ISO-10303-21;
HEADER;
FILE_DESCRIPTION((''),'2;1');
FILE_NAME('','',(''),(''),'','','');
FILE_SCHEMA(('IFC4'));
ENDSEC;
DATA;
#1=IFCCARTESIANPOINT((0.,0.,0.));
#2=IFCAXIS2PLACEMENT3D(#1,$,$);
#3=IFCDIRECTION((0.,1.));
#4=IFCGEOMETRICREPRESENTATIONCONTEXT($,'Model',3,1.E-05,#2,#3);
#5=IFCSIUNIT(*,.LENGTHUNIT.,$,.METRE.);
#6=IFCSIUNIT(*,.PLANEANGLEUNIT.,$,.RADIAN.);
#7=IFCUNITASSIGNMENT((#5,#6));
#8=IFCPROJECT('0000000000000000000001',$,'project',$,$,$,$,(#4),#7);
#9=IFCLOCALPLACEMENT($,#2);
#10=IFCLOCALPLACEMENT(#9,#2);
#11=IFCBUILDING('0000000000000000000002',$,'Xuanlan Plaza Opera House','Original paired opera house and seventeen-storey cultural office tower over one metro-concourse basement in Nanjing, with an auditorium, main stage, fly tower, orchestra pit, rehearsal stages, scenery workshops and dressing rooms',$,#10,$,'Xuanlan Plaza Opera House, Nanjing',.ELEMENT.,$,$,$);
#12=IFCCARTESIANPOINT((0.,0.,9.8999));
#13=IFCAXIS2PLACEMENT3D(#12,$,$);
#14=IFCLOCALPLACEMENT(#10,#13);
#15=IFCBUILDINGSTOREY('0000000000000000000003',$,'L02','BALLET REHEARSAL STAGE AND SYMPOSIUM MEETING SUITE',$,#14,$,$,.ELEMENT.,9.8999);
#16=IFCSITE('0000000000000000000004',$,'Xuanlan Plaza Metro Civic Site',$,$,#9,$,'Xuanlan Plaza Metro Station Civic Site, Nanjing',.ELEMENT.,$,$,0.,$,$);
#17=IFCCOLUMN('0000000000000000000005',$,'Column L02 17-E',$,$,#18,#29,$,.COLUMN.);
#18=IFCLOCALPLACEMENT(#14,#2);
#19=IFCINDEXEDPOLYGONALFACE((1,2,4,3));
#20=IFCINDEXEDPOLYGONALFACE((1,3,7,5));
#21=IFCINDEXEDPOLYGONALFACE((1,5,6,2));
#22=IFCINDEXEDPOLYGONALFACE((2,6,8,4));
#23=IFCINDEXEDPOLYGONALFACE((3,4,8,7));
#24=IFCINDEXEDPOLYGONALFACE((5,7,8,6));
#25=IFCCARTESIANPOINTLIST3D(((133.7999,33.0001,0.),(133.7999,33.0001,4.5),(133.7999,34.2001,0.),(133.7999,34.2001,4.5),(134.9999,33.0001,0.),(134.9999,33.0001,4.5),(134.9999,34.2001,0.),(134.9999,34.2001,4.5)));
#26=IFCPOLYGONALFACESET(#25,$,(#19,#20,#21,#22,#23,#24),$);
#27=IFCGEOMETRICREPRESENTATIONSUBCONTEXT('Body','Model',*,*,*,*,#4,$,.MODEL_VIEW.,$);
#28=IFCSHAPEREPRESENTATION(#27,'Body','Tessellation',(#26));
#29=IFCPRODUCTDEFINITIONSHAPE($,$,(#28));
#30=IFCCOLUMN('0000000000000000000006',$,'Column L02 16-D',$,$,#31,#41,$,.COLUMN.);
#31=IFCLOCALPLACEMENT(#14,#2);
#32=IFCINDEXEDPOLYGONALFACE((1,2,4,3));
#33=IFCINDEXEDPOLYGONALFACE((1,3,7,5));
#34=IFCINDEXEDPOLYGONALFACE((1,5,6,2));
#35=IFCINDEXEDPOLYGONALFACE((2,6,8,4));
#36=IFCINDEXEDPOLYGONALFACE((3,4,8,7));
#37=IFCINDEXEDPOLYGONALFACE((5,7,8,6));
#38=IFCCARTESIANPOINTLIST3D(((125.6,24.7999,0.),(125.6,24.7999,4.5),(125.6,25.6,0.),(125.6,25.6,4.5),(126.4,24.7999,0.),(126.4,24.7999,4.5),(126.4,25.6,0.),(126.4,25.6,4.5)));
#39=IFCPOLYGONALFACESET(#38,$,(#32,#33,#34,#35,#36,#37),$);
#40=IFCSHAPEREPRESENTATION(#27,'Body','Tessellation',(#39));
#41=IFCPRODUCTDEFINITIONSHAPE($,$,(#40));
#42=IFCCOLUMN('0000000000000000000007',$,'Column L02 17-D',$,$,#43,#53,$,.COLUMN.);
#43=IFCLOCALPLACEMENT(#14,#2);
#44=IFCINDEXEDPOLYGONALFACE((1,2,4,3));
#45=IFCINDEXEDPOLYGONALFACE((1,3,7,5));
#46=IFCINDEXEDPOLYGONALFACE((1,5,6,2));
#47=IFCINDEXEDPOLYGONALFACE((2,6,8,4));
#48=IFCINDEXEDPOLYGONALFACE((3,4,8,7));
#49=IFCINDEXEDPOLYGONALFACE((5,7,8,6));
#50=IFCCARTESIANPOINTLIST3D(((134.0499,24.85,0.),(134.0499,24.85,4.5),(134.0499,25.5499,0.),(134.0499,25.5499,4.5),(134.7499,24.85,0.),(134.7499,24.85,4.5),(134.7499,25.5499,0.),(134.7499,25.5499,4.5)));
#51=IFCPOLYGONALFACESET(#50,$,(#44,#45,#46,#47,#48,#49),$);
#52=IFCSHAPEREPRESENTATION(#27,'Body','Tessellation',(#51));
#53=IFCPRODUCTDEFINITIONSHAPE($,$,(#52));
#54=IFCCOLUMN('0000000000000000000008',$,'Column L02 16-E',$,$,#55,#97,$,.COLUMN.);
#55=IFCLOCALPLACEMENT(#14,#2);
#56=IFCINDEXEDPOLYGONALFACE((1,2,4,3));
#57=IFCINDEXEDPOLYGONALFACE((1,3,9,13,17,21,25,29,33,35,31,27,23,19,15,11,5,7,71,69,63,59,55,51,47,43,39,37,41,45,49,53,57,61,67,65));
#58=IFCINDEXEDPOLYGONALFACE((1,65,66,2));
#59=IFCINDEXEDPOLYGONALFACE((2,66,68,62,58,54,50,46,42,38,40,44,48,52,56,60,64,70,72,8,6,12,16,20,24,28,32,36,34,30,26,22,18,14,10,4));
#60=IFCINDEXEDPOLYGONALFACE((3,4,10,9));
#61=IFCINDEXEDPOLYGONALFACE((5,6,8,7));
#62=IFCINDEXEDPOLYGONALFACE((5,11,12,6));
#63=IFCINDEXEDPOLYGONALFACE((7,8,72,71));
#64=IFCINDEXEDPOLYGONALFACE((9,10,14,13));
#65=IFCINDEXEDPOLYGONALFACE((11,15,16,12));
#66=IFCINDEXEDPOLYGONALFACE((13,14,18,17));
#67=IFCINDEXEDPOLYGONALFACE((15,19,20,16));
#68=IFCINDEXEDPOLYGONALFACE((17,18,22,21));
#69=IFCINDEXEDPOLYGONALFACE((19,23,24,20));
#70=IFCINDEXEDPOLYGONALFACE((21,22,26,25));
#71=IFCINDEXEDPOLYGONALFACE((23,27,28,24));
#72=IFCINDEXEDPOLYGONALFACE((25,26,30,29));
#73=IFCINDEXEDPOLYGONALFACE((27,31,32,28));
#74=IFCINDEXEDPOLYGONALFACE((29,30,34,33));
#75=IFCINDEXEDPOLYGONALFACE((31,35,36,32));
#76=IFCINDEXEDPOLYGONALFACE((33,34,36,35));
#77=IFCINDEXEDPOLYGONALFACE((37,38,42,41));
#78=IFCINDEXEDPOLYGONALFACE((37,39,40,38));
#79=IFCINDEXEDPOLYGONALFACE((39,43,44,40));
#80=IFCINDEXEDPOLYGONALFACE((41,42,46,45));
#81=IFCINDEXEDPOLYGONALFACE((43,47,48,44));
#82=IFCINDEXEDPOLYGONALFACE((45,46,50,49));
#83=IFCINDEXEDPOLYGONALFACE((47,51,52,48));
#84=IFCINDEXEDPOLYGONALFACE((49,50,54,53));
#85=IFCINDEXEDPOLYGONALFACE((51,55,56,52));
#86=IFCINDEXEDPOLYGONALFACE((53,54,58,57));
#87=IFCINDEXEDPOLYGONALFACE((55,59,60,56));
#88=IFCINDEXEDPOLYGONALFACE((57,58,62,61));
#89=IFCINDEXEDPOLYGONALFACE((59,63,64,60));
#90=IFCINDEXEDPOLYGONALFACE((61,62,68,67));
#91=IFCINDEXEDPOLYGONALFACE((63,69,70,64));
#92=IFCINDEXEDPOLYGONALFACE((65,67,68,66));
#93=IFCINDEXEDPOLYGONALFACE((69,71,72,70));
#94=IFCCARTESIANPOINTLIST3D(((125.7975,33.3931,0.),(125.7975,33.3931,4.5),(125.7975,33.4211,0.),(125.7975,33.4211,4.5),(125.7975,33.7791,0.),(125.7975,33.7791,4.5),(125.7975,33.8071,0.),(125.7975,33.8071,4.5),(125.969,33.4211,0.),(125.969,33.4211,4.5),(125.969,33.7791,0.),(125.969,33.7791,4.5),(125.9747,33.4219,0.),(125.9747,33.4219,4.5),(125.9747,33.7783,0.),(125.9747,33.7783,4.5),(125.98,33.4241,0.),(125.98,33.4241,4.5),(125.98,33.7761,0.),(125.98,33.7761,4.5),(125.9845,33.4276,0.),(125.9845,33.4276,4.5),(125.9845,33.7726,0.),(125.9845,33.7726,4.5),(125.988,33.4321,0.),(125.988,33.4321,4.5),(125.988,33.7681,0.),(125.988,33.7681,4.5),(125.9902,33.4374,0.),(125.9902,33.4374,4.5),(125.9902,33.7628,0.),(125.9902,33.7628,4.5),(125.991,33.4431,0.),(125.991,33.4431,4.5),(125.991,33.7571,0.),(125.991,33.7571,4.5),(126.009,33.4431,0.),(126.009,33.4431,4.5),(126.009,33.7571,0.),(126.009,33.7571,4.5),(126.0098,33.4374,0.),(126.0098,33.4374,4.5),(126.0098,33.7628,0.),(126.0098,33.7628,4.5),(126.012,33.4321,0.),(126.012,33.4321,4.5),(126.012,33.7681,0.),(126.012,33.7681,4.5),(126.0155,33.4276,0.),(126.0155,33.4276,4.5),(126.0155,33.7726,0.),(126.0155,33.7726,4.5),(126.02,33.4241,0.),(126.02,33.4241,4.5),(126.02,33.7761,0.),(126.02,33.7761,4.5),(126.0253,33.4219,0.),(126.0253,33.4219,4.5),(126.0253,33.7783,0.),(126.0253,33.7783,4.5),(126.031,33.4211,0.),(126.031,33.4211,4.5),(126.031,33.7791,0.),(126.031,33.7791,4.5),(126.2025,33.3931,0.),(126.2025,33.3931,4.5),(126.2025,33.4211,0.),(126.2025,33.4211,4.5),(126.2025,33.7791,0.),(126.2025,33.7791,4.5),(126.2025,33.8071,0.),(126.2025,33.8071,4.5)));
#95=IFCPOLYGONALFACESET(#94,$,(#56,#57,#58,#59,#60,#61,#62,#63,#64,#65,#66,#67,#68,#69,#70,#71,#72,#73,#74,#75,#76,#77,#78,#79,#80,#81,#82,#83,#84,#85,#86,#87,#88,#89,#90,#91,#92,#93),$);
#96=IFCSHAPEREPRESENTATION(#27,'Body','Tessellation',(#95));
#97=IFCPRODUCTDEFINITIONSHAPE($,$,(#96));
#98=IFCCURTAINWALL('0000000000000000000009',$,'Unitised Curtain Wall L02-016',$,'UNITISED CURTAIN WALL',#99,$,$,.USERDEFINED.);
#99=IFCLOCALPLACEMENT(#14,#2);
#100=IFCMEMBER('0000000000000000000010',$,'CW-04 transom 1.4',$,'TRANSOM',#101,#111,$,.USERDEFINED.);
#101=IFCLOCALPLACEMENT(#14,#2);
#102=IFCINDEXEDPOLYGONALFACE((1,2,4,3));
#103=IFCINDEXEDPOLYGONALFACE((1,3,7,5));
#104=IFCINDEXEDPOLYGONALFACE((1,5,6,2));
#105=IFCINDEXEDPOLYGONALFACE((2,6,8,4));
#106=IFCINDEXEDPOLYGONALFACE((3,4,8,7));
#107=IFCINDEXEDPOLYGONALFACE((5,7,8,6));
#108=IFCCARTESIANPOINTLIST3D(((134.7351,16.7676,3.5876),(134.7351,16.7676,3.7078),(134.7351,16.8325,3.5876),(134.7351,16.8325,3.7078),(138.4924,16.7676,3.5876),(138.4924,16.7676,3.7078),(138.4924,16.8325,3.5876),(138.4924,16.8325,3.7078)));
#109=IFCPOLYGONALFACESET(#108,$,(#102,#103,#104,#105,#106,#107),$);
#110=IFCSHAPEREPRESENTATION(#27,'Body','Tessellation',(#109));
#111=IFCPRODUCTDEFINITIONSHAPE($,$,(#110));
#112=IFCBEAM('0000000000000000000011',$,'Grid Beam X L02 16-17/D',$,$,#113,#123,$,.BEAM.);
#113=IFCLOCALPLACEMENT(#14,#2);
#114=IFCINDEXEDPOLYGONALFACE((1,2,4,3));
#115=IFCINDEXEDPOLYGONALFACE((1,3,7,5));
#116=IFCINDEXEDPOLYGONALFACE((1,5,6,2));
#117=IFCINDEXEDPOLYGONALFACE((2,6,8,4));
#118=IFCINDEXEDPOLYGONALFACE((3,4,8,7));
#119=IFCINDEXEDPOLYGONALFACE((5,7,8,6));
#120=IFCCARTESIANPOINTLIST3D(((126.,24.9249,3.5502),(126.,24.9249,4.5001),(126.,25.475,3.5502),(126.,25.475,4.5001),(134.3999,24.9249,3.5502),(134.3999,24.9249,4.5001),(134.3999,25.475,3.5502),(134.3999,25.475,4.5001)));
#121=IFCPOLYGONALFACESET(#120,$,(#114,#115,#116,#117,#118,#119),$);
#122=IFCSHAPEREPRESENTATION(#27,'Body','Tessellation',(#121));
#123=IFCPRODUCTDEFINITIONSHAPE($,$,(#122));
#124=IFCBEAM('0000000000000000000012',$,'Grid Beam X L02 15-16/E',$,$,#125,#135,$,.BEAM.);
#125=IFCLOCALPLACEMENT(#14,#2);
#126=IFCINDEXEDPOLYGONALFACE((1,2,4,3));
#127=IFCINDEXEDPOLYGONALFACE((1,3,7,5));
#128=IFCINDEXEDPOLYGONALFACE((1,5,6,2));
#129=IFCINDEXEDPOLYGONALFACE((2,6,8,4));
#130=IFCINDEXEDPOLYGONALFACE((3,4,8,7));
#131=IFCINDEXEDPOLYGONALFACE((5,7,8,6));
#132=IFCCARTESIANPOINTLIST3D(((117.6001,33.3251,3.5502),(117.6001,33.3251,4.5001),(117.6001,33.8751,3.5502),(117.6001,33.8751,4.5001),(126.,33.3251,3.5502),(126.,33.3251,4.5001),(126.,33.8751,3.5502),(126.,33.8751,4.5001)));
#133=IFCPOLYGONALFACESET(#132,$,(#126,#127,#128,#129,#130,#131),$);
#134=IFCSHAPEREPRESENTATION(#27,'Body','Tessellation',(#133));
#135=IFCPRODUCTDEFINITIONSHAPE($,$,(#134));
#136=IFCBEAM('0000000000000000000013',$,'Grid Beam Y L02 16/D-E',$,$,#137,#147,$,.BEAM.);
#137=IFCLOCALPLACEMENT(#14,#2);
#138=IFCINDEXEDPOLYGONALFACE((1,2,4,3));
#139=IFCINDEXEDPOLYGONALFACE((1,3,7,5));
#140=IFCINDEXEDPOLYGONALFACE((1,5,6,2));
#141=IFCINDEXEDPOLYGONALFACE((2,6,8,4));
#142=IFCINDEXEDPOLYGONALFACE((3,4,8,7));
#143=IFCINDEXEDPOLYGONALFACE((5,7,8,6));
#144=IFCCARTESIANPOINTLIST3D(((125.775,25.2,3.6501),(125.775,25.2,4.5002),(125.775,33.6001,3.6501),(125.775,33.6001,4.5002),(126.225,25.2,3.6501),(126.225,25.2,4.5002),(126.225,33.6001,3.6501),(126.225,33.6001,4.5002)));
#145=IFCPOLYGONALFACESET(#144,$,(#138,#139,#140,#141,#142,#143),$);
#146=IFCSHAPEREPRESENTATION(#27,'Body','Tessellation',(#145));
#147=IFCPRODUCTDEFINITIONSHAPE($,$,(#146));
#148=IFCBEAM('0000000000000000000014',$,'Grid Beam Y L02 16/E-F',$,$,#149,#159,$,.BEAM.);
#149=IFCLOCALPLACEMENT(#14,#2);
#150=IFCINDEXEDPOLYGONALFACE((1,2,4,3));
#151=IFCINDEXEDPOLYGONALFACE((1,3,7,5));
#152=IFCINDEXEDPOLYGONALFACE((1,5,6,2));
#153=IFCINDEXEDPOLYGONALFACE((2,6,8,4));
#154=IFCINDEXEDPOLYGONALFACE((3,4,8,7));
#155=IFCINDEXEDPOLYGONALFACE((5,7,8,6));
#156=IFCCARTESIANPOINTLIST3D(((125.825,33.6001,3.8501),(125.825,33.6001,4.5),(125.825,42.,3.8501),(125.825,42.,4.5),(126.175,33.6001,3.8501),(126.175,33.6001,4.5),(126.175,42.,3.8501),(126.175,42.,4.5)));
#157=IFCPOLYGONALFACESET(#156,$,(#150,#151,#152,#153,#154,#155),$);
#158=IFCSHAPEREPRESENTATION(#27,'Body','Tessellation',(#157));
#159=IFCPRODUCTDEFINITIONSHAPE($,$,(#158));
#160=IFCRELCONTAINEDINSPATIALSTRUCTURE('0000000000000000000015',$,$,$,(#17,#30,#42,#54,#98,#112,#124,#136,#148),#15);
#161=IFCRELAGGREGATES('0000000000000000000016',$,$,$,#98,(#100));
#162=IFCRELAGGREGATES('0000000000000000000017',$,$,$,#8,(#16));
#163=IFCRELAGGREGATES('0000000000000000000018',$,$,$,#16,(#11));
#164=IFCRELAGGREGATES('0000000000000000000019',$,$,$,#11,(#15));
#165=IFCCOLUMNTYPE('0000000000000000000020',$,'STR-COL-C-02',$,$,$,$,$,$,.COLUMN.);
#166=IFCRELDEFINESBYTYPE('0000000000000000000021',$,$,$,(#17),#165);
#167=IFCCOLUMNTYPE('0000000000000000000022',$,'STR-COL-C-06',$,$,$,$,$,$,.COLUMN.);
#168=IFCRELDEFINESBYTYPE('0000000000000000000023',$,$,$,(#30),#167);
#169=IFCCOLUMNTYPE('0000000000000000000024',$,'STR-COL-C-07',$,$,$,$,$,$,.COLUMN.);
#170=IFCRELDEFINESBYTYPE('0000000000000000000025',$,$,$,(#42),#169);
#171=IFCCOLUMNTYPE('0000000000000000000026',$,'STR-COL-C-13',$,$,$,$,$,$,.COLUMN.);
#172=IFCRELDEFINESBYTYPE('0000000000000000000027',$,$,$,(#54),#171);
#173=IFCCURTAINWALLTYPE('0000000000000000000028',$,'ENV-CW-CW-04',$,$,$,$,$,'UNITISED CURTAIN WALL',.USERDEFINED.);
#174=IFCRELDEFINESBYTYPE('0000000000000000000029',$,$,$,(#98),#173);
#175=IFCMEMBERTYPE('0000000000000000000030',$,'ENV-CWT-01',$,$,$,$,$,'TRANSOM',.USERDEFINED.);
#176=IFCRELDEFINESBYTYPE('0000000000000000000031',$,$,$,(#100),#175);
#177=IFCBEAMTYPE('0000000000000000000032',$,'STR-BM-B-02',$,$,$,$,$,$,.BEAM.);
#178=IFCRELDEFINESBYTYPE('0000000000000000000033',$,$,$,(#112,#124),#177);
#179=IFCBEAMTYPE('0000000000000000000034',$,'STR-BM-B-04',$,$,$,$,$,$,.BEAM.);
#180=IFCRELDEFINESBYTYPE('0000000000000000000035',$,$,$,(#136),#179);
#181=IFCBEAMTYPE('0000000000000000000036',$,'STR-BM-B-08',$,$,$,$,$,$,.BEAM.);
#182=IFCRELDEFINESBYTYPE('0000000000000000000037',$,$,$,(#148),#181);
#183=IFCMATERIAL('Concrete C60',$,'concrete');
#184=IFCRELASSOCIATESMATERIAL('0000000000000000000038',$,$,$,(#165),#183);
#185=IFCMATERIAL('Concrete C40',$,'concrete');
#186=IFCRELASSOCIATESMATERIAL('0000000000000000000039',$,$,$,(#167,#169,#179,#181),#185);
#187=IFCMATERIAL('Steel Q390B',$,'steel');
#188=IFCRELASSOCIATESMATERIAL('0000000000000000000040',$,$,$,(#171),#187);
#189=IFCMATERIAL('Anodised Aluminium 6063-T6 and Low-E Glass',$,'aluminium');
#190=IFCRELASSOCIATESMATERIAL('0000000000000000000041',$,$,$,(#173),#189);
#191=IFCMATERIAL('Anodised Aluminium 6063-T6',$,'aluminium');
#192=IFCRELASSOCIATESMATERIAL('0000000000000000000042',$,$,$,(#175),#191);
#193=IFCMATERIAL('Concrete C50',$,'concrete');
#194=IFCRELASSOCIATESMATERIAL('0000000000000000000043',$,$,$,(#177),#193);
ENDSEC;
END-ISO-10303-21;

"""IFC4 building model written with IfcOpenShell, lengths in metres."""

from ifc_helpers import new_model, si_unit, direction, frame, origin, origin_2d, place, context, subcontext, project, spatial, rectangle, i_section, extrude, material, material_profile, profile_set, type_object, element, aggregate, save


model = new_model("IFC4")

# Units and contexts
model_context = context("Model", 3, precision=1e-05, world=origin(), true_north=direction((0.0, 1.0)))
body_context = subcontext(model_context, "Body", "Model", "MODEL_VIEW")
ifc_project = project(units=[si_unit("LENGTHUNIT", "METRE"), si_unit("PLANEANGLEUNIT", "RADIAN")], contexts=[model_context])

# Site, building, storey
site_placement = place(None, origin())
site = spatial("IfcSite", under=ifc_project, at=site_placement, Name="Xuanlan Plaza Metro Civic Site", LongName="Xuanlan Plaza Metro Station Civic Site, Nanjing", CompositionType="ELEMENT", RefElevation=0.0)
building_placement = place(site_placement, origin())
building = spatial("IfcBuilding", under=site, at=building_placement, Name="Xuanlan Plaza Opera House", Description="Original paired opera house and seventeen-storey cultural office tower over one metro-concourse basement in Nanjing, with an auditorium, main stage, fly tower, orchestra pit, rehearsal stages, scenery workshops and dressing rooms", LongName="Xuanlan Plaza Opera House, Nanjing", CompositionType="ELEMENT")
storey_placement = place(building_placement, frame((0.0, 0.0, 9.8999)))
storey = spatial("IfcBuildingStorey", under=building, at=storey_placement, Name="L02", Description="BALLET REHEARSAL STAGE AND SYMPOSIUM MEETING SUITE", CompositionType="ELEMENT", Elevation=9.8999)

# Columns
ifc_material_1 = material(Name="Concrete C60", Category="concrete")
ifc_material_profile_1 = material_profile(ifc_material_1, rectangle(XDim=1.2, YDim=1.2, at=origin_2d()), Name="RC-COL 1200x1200")
ifc_profile_set_1 = profile_set([ifc_material_profile_1], Name="Concrete C60")
column_type_1 = type_object("IfcColumnType", Name="STR-COL-C-02", PredefinedType="COLUMN", material=ifc_profile_set_1)
column_1_placement = place(storey_placement, frame((134.3999, 33.6001, 0.0), z_axis=(0.0, 0.0, 1.0), x_axis=(1.0, 0.0, 0.0)))
element("IfcColumn", 1, at=column_1_placement, inside=storey, type_object=column_type_1, Name="Column L02 17-E", PredefinedType="COLUMN", context=body_context, shape_type="SweptSolid", body=[
    extrude(rectangle(XDim=1.2, YDim=1.2, at=origin_2d()), origin(), (0.0, 0.0, 1.0), 4.5),
])
ifc_material_2 = material(Name="Concrete C40", Category="concrete")
ifc_material_profile_2 = material_profile(ifc_material_2, rectangle(XDim=0.8, YDim=0.8, at=origin_2d()), Name="RC-COL 800x800")
ifc_profile_set_2 = profile_set([ifc_material_profile_2], Name="Concrete C40")
column_type_2 = type_object("IfcColumnType", Name="STR-COL-C-06", PredefinedType="COLUMN", material=ifc_profile_set_2)
column_2_placement = place(storey_placement, frame((126.0, 25.2, 0.0), z_axis=(0.0, 0.0, 1.0), x_axis=(1.0, 0.0, 0.0)))
element("IfcColumn", 2, at=column_2_placement, inside=storey, type_object=column_type_2, Name="Column L02 16-D", PredefinedType="COLUMN", context=body_context, shape_type="SweptSolid", body=[
    extrude(rectangle(XDim=0.8, YDim=0.8, at=origin_2d()), origin(), (0.0, 0.0, 1.0), 4.5),
])
ifc_material_profile_3 = material_profile(ifc_material_2, rectangle(XDim=0.7, YDim=0.7, at=origin_2d()), Name="RC-COL 700x700")
ifc_profile_set_3 = profile_set([ifc_material_profile_3], Name="Concrete C40")
column_type_3 = type_object("IfcColumnType", Name="STR-COL-C-07", PredefinedType="COLUMN", material=ifc_profile_set_3)
column_3_placement = place(storey_placement, frame((134.3999, 25.2, 0.0), z_axis=(0.0, 0.0, 1.0), x_axis=(1.0, 0.0, 0.0)))
element("IfcColumn", 3, at=column_3_placement, inside=storey, type_object=column_type_3, Name="Column L02 17-D", PredefinedType="COLUMN", context=body_context, shape_type="SweptSolid", body=[
    extrude(rectangle(XDim=0.7, YDim=0.7, at=origin_2d()), origin(), (0.0, 0.0, 1.0), 4.5),
])
ifc_material_3 = material(Name="Steel Q390B", Category="steel")
ifc_material_profile_4 = material_profile(ifc_material_3, i_section(OverallWidth=0.405, OverallDepth=0.4141, WebThickness=0.0181, FlangeThickness=0.0281, FilletRadius=0.022, at=origin_2d()), Name="HW 414x405x18x28")
ifc_profile_set_4 = profile_set([ifc_material_profile_4], Name="Steel Q390B")
column_type_4 = type_object("IfcColumnType", Name="STR-COL-C-13", PredefinedType="COLUMN", material=ifc_profile_set_4)
column_4_placement = place(storey_placement, frame((126.0, 33.6001, 0.0), z_axis=(0.0, 0.0, 1.0), x_axis=(1.0, 0.0, 0.0)))
element("IfcColumn", 4, at=column_4_placement, inside=storey, type_object=column_type_4, Name="Column L02 16-E", PredefinedType="COLUMN", context=body_context, shape_type="SweptSolid", body=[
    extrude(i_section(OverallWidth=0.405, OverallDepth=0.4141, WebThickness=0.0181, FlangeThickness=0.0281, FilletRadius=0.022, at=origin_2d()), origin(), (0.0, 0.0, 1.0), 4.5),
])

# Curtain wall, member
ifc_material_4 = material(Name="Anodised Aluminium 6063-T6 and Low-E Glass", Category="aluminium")
curtain_wall_type = type_object("IfcCurtainWallType", Name="ENV-CW-CW-04", ElementType="UNITISED CURTAIN WALL", PredefinedType="USERDEFINED", material=ifc_material_4)
curtain_wall_placement = place(storey_placement, origin())
curtain_wall = element("IfcCurtainWall", 5, at=curtain_wall_placement, inside=storey, type_object=curtain_wall_type, Name="Unitised Curtain Wall L02-016", ObjectType="UNITISED CURTAIN WALL", PredefinedType="USERDEFINED")
ifc_material_5 = material(Name="Anodised Aluminium 6063-T6", Category="aluminium")
ifc_material_profile_5 = material_profile(ifc_material_5, rectangle(XDim=0.0649, YDim=0.1201, at=origin_2d()), Name="ALU-T 65x120")
ifc_profile_set_5 = profile_set([ifc_material_profile_5], Name="Anodised Aluminium 6063-T6")
member_type = type_object("IfcMemberType", Name="ENV-CWT-01", ElementType="TRANSOM", PredefinedType="USERDEFINED", material=ifc_profile_set_5)
member_placement = place(storey_placement, frame((134.7351, 16.8, 3.6477), z_axis=(1.0, 0.0, 0.0), x_axis=(0.0, 1.0, 0.0)))
member = element("IfcMember", 6, at=member_placement, type_object=member_type, Name="CW-04 transom 1.4", ObjectType="TRANSOM", PredefinedType="USERDEFINED", context=body_context, shape_type="SweptSolid", body=[
    extrude(rectangle(XDim=0.0649, YDim=0.1201, at=origin_2d()), origin(), (0.0, 0.0, 1.0), 3.7573),
])

# Beams
ifc_material_6 = material(Name="Concrete C50", Category="concrete")
ifc_material_profile_6 = material_profile(ifc_material_6, rectangle(XDim=0.55, YDim=0.95, at=origin_2d()), Name="RC-BM 550x950")
ifc_profile_set_6 = profile_set([ifc_material_profile_6], Name="Concrete C50")
beam_type_1 = type_object("IfcBeamType", Name="STR-BM-B-02", PredefinedType="BEAM", material=ifc_profile_set_6)
for number, where, z_axis, x_axis, name in (
    (7, (126.0, 25.2, 4.0251), (1.0, 0.0, 0.0), (0.0, 1.0, 0.0), "Grid Beam X L02 16-17/D"),
    (8, (117.6001, 33.6001, 4.0251), (1.0, 0.0, 0.0), (0.0, 1.0, 0.0), "Grid Beam X L02 15-16/E"),
):
    element("IfcBeam", number, at=place(storey_placement, frame(where, z_axis=z_axis, x_axis=x_axis)), inside=storey, type_object=beam_type_1, Name=name, PredefinedType="BEAM", context=body_context, shape_type="SweptSolid", body=[
        extrude(rectangle(XDim=0.55, YDim=0.95, at=origin_2d()), origin(), (0.0, 0.0, 1.0), 8.3999),
    ])
ifc_material_profile_7 = material_profile(ifc_material_2, rectangle(XDim=0.45, YDim=0.8501, at=origin_2d()), Name="RC-BM 450x850")
ifc_profile_set_7 = profile_set([ifc_material_profile_7], Name="Concrete C40")
beam_type_2 = type_object("IfcBeamType", Name="STR-BM-B-04", PredefinedType="BEAM", material=ifc_profile_set_7)
beam_1_placement = place(storey_placement, frame((126.0, 25.2, 4.0752), z_axis=(0.0, 1.0, 0.0), x_axis=(-1.0, 0.0, 0.0)))
element("IfcBeam", 9, at=beam_1_placement, inside=storey, type_object=beam_type_2, Name="Grid Beam Y L02 16/D-E", PredefinedType="BEAM", context=body_context, shape_type="SweptSolid", body=[
    extrude(rectangle(XDim=0.45, YDim=0.8501, at=origin_2d()), origin(), (0.0, 0.0, 1.0), 8.4001),
])
ifc_material_profile_8 = material_profile(ifc_material_2, rectangle(XDim=0.3501, YDim=0.6499, at=origin_2d()), Name="RC-BM 350x650")
ifc_profile_set_8 = profile_set([ifc_material_profile_8], Name="Concrete C40")
beam_type_3 = type_object("IfcBeamType", Name="STR-BM-B-08", PredefinedType="BEAM", material=ifc_profile_set_8)
beam_2_placement = place(storey_placement, frame((126.0, 33.6001, 4.175), z_axis=(0.0, 1.0, 0.0), x_axis=(-1.0, 0.0, 0.0)))
element("IfcBeam", 10, at=beam_2_placement, inside=storey, type_object=beam_type_3, Name="Grid Beam Y L02 16/E-F", PredefinedType="BEAM", context=body_context, shape_type="SweptSolid", body=[
    extrude(rectangle(XDim=0.3501, YDim=0.6499, at=origin_2d()), origin(), (0.0, 0.0, 1.0), 8.3999),
])

aggregate(curtain_wall, [member])

save(model, "model.ifc")
